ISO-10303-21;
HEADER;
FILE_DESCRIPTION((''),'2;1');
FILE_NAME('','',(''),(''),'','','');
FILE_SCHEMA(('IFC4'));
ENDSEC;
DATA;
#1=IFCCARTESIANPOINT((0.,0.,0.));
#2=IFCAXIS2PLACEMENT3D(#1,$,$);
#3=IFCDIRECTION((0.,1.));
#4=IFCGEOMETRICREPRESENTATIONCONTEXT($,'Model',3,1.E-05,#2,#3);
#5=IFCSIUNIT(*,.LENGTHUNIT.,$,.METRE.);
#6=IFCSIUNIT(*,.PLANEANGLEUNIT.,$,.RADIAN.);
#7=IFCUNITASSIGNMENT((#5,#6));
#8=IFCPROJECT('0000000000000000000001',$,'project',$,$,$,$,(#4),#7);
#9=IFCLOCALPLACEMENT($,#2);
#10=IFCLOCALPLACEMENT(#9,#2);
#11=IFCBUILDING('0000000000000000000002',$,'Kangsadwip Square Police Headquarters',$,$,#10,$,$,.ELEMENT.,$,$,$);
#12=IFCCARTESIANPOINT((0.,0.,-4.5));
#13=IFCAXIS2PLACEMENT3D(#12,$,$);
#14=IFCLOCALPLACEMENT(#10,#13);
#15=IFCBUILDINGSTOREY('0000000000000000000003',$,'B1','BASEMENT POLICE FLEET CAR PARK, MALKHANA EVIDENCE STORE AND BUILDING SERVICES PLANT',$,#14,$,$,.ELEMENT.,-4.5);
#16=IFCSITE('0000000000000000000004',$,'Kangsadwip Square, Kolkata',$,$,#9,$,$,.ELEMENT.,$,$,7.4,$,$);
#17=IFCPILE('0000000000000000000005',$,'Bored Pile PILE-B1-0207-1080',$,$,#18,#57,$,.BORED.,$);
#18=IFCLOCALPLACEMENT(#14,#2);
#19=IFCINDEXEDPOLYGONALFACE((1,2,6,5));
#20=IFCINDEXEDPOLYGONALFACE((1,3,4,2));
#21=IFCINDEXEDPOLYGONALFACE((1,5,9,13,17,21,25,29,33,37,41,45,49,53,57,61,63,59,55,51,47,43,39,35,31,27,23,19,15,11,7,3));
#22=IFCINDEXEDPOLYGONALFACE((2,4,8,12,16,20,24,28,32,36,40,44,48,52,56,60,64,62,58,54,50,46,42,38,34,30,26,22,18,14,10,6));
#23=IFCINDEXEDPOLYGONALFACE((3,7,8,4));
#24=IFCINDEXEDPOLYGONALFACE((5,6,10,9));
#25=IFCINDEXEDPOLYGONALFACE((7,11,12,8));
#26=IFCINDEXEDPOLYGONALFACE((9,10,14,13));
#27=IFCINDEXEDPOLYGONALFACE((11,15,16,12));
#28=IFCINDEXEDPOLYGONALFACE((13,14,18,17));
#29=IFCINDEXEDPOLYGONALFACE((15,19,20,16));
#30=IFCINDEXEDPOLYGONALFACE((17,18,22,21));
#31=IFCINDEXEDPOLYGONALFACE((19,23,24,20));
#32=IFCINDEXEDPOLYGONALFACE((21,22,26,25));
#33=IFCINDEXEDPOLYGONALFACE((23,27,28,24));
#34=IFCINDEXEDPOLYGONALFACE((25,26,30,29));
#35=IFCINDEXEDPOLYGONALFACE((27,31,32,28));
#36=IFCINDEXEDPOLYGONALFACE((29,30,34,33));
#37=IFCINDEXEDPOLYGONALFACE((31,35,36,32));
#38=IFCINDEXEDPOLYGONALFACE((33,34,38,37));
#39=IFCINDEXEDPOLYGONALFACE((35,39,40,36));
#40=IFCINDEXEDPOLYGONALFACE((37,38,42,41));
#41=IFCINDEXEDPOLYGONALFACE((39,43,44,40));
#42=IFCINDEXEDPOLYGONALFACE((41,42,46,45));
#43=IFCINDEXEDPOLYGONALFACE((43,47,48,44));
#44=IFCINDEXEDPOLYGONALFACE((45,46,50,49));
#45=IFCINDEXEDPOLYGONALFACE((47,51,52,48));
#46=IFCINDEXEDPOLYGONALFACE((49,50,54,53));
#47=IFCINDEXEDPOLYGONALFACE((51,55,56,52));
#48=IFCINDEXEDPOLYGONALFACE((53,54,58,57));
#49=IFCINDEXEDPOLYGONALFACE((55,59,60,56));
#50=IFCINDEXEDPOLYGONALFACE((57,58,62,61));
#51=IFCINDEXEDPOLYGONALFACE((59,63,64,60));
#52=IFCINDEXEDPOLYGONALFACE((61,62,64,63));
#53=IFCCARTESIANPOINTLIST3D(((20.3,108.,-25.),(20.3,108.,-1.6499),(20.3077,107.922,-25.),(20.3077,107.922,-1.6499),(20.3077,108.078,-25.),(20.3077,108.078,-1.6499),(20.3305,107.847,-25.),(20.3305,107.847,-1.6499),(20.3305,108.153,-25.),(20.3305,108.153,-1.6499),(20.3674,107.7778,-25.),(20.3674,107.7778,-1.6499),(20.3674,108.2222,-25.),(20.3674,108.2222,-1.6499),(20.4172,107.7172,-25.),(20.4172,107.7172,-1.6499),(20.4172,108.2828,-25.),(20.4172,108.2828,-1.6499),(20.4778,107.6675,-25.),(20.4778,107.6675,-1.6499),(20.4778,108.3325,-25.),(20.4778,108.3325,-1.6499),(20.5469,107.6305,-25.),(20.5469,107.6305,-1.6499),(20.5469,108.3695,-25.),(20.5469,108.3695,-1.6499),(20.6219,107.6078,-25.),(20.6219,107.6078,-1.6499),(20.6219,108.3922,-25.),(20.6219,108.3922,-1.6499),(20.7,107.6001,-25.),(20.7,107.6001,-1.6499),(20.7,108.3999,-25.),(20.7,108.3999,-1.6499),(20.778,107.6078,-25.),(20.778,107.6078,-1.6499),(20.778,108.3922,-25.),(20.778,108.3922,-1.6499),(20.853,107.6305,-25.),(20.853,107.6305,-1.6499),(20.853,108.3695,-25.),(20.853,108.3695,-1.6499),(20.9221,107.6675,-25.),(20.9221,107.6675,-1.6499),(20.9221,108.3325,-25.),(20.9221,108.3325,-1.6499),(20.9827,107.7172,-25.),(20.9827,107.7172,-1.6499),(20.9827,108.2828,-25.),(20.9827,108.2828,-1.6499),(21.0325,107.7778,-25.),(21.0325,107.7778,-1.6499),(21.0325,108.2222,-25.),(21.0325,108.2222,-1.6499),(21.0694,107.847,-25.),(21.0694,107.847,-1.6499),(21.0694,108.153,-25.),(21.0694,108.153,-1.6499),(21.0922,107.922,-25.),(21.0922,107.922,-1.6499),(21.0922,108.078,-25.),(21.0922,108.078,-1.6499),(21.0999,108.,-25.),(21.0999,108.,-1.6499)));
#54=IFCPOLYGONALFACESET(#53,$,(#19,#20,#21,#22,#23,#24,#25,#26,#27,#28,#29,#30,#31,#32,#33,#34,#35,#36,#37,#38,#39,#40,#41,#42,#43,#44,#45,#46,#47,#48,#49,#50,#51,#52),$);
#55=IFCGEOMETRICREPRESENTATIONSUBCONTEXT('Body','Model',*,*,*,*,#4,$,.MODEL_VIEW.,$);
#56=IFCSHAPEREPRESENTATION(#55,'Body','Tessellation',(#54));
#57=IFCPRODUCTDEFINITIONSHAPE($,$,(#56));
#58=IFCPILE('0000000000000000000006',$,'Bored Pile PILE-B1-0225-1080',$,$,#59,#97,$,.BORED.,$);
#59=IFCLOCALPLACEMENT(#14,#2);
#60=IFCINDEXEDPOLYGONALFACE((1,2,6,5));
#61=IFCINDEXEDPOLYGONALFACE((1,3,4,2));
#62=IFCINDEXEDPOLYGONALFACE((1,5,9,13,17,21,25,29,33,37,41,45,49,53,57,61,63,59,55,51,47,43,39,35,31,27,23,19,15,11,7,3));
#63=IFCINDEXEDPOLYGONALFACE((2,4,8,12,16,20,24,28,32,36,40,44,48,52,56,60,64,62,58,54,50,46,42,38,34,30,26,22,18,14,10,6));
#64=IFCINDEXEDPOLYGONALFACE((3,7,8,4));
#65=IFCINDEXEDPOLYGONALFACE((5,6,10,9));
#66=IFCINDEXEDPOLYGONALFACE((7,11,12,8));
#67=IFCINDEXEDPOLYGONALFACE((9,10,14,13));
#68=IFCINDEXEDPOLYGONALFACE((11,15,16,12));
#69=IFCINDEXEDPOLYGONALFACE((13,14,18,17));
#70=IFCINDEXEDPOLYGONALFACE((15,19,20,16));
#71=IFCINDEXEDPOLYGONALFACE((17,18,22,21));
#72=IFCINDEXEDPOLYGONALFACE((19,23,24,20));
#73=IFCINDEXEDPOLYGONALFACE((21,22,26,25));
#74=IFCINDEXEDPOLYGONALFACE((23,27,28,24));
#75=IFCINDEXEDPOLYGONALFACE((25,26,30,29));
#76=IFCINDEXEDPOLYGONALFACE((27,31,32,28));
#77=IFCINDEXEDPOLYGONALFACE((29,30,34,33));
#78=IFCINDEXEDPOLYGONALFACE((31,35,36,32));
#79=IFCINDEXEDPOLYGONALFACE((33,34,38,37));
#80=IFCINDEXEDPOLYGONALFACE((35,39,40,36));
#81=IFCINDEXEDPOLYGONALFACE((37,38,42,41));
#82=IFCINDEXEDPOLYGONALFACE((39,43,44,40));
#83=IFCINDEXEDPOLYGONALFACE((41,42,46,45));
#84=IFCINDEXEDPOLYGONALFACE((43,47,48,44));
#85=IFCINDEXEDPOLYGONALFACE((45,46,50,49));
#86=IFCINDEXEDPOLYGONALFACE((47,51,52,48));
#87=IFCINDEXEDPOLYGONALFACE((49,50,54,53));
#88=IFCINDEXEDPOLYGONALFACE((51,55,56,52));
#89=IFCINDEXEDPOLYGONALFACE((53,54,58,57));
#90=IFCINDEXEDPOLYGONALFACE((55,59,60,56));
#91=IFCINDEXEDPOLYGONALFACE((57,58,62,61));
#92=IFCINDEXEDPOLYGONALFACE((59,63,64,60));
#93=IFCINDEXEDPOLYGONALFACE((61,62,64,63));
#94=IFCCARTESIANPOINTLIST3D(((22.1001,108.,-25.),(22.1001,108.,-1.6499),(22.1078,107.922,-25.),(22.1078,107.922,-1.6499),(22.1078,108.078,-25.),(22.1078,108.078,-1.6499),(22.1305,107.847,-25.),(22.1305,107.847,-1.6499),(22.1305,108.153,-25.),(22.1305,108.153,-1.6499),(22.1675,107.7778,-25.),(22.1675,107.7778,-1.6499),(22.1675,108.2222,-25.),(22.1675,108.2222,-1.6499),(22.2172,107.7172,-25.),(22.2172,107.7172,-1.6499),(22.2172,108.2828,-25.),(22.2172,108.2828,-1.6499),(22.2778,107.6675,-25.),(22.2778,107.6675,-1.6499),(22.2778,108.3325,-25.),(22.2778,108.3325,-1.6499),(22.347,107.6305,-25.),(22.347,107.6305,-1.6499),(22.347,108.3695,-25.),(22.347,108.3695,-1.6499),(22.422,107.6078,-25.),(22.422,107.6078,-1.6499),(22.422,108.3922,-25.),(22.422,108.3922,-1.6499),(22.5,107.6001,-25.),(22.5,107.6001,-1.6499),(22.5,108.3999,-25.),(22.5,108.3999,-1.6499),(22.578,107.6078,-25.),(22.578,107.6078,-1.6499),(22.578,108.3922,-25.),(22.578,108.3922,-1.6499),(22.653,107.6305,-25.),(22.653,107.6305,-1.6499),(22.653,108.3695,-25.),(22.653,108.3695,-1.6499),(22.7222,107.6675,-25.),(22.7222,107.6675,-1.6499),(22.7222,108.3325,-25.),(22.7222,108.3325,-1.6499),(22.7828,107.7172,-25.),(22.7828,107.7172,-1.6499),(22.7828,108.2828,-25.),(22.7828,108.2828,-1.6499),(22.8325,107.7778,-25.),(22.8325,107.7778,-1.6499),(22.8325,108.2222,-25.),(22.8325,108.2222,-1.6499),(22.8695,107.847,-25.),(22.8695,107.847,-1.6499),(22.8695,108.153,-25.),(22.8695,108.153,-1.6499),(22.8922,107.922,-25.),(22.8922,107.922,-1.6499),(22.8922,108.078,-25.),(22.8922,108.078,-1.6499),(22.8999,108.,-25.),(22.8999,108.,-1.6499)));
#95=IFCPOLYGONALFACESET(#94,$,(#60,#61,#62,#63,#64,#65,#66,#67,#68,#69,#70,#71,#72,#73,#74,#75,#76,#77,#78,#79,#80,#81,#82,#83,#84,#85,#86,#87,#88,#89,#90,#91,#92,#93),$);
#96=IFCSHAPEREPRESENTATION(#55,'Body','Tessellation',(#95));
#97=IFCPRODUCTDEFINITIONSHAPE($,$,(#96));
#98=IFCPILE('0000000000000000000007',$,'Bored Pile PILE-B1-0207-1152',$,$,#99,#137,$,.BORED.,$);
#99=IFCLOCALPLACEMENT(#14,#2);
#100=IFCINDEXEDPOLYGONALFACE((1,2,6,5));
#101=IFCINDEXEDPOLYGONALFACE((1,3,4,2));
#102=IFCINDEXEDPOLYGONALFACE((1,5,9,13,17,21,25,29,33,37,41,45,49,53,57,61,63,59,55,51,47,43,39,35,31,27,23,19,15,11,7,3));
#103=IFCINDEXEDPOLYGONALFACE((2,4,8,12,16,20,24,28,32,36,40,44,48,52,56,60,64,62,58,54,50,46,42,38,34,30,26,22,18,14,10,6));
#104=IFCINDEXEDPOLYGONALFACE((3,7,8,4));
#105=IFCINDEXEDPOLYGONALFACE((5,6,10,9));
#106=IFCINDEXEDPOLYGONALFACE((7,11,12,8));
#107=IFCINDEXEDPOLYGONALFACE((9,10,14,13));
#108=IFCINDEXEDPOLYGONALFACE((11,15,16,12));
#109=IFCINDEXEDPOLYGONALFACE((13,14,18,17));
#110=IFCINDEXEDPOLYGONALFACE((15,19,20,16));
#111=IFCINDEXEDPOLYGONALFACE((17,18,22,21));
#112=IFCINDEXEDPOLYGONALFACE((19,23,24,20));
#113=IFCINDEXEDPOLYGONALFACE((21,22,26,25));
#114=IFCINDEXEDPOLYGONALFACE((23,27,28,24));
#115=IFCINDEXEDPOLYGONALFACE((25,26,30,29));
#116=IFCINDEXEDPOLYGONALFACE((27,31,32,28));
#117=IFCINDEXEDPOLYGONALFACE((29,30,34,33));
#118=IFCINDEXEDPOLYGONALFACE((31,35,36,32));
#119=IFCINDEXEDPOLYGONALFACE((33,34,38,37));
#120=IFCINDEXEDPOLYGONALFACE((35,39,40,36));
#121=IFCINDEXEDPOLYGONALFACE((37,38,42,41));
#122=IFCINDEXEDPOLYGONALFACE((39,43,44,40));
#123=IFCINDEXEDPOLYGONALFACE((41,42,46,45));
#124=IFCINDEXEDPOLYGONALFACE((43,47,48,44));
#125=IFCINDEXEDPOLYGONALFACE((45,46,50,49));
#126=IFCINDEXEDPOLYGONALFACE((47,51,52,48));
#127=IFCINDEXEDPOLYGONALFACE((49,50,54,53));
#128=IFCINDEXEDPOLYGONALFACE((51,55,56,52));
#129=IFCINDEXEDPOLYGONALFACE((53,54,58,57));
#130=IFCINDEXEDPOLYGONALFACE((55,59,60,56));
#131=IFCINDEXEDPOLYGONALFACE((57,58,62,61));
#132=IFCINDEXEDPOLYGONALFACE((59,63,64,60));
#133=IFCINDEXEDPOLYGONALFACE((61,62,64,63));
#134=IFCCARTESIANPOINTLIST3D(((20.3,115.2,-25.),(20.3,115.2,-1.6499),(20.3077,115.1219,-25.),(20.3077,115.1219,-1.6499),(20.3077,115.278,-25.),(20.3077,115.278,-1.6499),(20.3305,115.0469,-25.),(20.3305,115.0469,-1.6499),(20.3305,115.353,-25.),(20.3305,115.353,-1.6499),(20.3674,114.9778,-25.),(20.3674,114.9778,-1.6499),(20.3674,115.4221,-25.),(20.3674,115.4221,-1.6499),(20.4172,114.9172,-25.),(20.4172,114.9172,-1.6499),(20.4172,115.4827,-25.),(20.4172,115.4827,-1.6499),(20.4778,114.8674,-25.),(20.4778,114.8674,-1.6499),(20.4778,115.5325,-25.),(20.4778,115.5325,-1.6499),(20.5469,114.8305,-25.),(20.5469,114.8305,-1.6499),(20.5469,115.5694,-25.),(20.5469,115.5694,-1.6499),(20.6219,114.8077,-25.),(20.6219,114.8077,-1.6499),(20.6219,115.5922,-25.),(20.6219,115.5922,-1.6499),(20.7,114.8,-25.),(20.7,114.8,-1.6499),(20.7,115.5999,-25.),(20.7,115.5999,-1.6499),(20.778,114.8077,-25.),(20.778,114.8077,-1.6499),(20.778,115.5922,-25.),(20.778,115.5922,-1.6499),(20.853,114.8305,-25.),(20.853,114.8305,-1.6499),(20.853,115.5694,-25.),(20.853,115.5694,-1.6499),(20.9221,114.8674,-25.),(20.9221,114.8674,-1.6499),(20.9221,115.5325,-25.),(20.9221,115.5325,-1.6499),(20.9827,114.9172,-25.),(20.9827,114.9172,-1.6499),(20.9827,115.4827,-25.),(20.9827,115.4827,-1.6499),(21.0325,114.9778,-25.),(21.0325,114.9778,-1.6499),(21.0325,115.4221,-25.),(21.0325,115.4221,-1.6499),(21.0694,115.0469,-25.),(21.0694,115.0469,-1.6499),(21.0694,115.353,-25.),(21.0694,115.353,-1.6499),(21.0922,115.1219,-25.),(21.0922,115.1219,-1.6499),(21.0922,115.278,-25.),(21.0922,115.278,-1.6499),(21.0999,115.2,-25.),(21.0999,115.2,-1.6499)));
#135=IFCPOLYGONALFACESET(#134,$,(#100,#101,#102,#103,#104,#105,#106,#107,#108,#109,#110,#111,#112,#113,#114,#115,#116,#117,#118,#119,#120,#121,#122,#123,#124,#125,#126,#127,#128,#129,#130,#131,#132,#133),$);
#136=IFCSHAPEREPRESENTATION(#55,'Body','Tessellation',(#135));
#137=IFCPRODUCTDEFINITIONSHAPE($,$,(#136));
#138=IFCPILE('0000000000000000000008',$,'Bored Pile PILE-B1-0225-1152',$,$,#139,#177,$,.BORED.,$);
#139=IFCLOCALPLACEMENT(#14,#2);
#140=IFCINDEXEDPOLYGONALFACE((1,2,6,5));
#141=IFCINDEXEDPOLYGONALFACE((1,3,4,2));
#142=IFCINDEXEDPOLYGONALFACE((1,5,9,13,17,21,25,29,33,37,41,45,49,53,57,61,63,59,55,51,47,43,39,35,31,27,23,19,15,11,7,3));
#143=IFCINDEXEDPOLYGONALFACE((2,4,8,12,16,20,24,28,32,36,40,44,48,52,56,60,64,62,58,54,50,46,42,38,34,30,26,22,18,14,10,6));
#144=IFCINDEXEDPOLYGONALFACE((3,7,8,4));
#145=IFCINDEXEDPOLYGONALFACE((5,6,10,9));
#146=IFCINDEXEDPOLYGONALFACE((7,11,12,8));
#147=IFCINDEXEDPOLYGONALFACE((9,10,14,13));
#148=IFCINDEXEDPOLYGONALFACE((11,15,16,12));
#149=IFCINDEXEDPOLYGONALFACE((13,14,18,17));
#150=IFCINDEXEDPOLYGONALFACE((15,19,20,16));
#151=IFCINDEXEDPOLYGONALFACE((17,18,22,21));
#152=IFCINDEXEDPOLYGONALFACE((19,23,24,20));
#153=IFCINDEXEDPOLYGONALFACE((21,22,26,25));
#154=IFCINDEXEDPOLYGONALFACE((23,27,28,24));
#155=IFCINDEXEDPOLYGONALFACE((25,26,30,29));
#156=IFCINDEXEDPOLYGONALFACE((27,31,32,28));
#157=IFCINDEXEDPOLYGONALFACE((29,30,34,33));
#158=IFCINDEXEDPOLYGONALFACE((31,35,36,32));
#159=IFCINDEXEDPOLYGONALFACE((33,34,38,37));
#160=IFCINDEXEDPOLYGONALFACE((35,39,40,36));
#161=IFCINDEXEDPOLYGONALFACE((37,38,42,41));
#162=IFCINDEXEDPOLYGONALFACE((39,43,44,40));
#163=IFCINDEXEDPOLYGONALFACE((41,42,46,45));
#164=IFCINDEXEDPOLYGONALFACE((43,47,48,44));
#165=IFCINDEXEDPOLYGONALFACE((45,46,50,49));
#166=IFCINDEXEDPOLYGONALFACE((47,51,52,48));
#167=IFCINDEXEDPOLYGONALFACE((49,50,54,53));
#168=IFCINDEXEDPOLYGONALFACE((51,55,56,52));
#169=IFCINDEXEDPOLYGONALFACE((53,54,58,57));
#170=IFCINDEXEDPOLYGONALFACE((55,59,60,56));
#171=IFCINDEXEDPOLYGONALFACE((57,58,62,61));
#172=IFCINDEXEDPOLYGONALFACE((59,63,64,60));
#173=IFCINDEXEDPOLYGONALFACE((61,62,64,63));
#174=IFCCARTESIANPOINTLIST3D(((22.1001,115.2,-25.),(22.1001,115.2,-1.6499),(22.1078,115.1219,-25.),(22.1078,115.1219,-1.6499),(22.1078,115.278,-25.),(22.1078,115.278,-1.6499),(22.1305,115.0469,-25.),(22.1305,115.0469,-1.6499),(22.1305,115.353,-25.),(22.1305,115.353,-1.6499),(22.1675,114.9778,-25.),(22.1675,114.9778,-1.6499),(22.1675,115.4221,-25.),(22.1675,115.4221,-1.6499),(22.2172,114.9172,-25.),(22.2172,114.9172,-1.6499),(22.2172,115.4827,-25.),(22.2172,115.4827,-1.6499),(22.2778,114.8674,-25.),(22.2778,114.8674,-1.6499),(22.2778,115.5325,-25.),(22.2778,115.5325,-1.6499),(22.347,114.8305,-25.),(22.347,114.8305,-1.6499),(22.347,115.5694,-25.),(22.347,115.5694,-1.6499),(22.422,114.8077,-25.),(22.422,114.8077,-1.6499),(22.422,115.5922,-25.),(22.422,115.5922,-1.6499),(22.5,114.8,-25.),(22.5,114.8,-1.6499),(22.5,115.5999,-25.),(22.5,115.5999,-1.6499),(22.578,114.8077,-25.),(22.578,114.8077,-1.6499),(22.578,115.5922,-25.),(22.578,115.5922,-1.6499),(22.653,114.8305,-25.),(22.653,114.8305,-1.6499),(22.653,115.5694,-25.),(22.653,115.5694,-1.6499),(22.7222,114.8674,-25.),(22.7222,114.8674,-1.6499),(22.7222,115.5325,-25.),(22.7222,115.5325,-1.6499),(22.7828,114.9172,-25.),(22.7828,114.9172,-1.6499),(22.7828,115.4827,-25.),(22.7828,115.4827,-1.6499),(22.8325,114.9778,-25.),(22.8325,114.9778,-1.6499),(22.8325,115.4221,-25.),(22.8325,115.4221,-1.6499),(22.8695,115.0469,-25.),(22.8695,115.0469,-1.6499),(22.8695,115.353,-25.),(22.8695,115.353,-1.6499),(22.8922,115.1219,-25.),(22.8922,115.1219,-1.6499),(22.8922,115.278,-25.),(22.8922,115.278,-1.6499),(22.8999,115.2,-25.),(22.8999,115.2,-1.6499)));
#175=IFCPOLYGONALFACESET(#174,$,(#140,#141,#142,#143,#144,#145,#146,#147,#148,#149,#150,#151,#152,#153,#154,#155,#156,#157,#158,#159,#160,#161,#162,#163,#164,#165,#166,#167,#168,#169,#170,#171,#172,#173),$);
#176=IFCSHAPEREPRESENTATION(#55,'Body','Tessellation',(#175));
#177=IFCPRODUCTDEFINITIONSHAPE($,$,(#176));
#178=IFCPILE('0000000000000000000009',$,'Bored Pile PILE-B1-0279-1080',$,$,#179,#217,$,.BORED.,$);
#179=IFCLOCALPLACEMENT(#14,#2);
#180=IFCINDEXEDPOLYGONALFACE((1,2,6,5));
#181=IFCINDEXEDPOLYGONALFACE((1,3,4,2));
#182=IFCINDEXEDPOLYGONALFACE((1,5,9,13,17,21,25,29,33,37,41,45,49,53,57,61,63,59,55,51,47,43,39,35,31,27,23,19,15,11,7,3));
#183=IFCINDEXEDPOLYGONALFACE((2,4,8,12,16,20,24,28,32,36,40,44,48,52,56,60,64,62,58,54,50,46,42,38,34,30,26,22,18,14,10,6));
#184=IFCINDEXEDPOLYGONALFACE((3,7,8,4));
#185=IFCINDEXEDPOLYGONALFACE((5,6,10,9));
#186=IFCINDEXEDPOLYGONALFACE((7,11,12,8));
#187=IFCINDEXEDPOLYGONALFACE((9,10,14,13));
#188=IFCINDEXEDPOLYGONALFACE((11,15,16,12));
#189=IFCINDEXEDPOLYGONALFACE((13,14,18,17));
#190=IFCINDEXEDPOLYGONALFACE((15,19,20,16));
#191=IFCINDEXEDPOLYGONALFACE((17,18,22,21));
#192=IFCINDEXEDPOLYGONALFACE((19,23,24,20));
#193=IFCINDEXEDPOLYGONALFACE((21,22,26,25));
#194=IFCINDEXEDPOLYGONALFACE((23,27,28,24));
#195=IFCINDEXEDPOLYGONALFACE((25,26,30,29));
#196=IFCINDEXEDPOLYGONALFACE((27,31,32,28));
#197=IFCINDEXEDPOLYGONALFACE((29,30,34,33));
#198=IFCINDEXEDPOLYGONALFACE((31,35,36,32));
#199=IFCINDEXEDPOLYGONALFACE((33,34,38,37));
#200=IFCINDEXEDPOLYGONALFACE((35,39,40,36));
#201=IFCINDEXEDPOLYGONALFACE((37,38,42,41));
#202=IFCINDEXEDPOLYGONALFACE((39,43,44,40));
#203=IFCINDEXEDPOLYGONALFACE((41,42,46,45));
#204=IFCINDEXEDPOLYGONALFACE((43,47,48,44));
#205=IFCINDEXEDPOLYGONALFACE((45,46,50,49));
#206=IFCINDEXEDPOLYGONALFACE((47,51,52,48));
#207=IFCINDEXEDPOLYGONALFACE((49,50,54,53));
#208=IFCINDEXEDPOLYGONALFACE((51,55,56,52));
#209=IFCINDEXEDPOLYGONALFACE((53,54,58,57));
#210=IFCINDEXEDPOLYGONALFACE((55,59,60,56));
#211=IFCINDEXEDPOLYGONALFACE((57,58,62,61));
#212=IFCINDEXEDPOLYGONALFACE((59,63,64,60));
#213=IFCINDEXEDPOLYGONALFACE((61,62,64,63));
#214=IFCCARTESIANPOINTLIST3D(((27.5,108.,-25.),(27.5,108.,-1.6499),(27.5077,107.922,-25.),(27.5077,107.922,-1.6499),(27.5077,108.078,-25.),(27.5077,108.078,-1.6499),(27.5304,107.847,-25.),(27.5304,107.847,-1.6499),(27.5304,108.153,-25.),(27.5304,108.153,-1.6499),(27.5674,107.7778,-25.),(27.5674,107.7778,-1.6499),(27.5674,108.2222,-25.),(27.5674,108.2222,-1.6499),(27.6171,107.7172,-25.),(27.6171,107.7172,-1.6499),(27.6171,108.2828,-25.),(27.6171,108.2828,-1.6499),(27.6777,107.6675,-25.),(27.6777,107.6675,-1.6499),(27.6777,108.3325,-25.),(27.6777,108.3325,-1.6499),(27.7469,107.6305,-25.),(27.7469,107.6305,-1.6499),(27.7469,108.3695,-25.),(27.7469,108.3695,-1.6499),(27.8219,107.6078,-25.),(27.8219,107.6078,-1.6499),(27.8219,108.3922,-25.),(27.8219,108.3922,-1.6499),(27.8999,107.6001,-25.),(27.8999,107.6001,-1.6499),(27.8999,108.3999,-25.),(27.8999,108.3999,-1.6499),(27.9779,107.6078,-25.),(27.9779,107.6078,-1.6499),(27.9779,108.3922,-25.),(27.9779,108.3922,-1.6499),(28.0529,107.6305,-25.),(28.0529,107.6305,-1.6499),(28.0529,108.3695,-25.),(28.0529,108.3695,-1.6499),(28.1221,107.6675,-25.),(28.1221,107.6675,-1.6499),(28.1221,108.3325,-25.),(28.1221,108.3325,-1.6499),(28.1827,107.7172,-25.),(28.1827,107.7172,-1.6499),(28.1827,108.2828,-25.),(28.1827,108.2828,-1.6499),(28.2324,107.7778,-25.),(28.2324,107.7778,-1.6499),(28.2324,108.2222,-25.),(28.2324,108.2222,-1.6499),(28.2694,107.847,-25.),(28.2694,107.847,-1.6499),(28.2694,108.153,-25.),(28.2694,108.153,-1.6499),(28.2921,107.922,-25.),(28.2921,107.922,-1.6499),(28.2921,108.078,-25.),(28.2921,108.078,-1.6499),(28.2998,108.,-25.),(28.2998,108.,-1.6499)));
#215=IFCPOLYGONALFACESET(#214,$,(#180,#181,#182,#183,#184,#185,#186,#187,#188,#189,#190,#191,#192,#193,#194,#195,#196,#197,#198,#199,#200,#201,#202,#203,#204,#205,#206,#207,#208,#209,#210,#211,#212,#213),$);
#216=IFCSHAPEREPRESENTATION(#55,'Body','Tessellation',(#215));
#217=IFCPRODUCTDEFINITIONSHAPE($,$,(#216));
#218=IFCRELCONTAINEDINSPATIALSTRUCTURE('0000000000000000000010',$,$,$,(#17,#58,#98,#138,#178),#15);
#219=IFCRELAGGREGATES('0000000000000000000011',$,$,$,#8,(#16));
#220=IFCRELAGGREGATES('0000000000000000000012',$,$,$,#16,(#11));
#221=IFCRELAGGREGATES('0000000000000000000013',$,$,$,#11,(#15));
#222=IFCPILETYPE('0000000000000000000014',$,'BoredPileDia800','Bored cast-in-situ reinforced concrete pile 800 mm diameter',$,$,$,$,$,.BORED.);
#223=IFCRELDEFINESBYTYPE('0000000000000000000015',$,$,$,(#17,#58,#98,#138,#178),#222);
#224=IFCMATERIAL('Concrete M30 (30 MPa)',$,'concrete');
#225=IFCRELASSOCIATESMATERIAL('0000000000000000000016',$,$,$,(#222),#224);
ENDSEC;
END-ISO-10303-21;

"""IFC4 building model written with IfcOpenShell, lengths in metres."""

from ifc_helpers import new_model, si_unit, direction, frame, origin, origin_2d, place, context, subcontext, project, spatial, circle, extrude, material, material_profile, profile_set, type_object, element, save


model = new_model("IFC4")

# Units and contexts
model_context = context("Model", 3, precision=1e-05, world=origin(), true_north=direction((0.0, 1.0)))
body_context = subcontext(model_context, "Body", "Model", "MODEL_VIEW")
ifc_project = project(units=[si_unit("LENGTHUNIT", "METRE"), si_unit("PLANEANGLEUNIT", "RADIAN")], contexts=[model_context])

# Site, building, storey
site_placement = place(None, origin())
site = spatial("IfcSite", under=ifc_project, at=site_placement, Name="Kangsadwip Square, Kolkata", CompositionType="ELEMENT", RefElevation=7.4)
building_placement = place(site_placement, origin())
building = spatial("IfcBuilding", under=site, at=building_placement, Name="Kangsadwip Square Police Headquarters", CompositionType="ELEMENT")
storey_placement = place(building_placement, frame((0.0, 0.0, -4.5)))
storey = spatial("IfcBuildingStorey", under=building, at=storey_placement, Name="B1", Description="BASEMENT POLICE FLEET CAR PARK, MALKHANA EVIDENCE STORE AND BUILDING SERVICES PLANT", CompositionType="ELEMENT", Elevation=-4.5)

# Piles
ifc_material_1 = material(Name="Concrete M30 (30 MPa)", Category="concrete")
ifc_material_profile_1 = material_profile(ifc_material_1, circle(Radius=0.3999, at=origin_2d()), Name="PILE DIA 800")
ifc_profile_set_1 = profile_set([ifc_material_profile_1], Name="Concrete M30 (30 MPa)")
pile_type = type_object("IfcPileType", Name="BoredPileDia800", Description="Bored cast-in-situ reinforced concrete pile 800 mm diameter", PredefinedType="BORED", material=ifc_profile_set_1)
for number, where, z_axis, x_axis, name in (
    (1, (20.7, 108.0, -1.6499), (0.0, 0.0, -1.0), (1.0, 0.0, 0.0), "Bored Pile PILE-B1-0207-1080"),
    (2, (22.5, 108.0, -1.6499), (0.0, 0.0, -1.0), (1.0, 0.0, 0.0), "Bored Pile PILE-B1-0225-1080"),
    (3, (20.7, 115.2, -1.6499), (0.0, 0.0, -1.0), (1.0, 0.0, 0.0), "Bored Pile PILE-B1-0207-1152"),
    (4, (22.5, 115.2, -1.6499), (0.0, 0.0, -1.0), (1.0, 0.0, 0.0), "Bored Pile PILE-B1-0225-1152"),
    (5, (27.8999, 108.0, -1.6499), (0.0, 0.0, -1.0), (1.0, 0.0, 0.0), "Bored Pile PILE-B1-0279-1080"),
):
    element("IfcPile", number, at=place(storey_placement, frame(where, z_axis=z_axis, x_axis=x_axis)), inside=storey, type_object=pile_type, Name=name, PredefinedType="BORED", context=body_context, shape_type="SweptSolid", body=[
        extrude(circle(Radius=0.3999, at=origin_2d()), origin(), (0.0, 0.0, 1.0), 23.3501),
    ])

save(model, "model.ifc")
